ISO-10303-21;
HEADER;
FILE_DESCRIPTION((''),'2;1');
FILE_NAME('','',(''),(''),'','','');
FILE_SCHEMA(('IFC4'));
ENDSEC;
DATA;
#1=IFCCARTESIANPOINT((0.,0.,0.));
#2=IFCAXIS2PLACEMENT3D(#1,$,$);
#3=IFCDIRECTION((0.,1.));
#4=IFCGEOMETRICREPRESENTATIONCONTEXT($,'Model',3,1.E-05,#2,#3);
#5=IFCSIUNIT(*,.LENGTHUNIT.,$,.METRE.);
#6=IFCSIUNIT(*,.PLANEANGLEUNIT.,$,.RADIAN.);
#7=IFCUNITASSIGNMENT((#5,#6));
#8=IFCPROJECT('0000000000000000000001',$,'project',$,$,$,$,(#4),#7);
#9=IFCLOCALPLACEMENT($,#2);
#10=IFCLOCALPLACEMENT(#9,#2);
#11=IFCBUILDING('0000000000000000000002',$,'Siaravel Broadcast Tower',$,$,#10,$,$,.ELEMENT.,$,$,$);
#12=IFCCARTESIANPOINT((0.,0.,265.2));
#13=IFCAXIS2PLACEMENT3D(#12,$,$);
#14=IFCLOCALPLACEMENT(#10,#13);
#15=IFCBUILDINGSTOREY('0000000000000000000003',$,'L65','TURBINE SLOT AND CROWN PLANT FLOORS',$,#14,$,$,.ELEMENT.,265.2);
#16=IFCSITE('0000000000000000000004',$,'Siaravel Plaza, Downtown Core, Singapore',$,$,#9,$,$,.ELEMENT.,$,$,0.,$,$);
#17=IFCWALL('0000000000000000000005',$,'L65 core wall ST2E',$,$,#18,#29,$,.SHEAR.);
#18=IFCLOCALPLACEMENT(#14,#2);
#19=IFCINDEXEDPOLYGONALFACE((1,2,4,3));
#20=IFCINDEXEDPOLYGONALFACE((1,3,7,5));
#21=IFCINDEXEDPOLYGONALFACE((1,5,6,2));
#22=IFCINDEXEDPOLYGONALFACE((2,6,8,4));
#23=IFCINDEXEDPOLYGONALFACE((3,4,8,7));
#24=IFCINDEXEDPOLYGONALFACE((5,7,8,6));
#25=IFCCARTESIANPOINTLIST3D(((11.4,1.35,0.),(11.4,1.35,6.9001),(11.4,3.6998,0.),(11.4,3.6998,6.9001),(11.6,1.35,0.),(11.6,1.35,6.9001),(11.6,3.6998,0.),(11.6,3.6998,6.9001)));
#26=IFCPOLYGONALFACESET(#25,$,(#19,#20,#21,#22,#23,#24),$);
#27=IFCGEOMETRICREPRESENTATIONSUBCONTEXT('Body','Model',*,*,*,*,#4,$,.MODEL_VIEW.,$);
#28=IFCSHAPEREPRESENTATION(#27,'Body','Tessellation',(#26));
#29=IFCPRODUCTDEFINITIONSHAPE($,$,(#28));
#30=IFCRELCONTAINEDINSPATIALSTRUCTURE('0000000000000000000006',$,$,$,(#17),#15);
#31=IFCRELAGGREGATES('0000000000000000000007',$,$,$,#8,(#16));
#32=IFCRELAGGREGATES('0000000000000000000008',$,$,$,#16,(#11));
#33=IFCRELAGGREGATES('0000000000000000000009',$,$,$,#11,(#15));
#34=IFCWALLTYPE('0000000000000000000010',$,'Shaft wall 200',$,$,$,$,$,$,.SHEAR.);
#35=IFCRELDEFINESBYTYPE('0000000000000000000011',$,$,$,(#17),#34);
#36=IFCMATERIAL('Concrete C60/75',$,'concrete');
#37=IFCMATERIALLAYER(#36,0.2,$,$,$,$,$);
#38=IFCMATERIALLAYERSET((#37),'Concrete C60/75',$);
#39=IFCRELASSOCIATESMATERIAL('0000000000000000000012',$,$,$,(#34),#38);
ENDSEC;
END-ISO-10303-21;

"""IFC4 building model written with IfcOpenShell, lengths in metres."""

from ifc_helpers import new_model, si_unit, direction, frame, frame_2d, origin, place, context, subcontext, project, spatial, rectangle, extrude, material, layer, layer_set, type_object, element, save


model = new_model("IFC4")

# Units and contexts
model_context = context("Model", 3, precision=1e-05, world=origin(), true_north=direction((0.0, 1.0)))
body_context = subcontext(model_context, "Body", "Model", "MODEL_VIEW")
ifc_project = project(units=[si_unit("LENGTHUNIT", "METRE"), si_unit("PLANEANGLEUNIT", "RADIAN")], contexts=[model_context])

# Site, building, storey
site_placement = place(None, origin())
site = spatial("IfcSite", under=ifc_project, at=site_placement, Name="Siaravel Plaza, Downtown Core, Singapore", CompositionType="ELEMENT", RefElevation=0.0)
building_placement = place(site_placement, origin())
building = spatial("IfcBuilding", under=site, at=building_placement, Name="Siaravel Broadcast Tower", CompositionType="ELEMENT")
storey_placement = place(building_placement, frame((0.0, 0.0, 265.2)))
storey = spatial("IfcBuildingStorey", under=building, at=storey_placement, Name="L65", Description="TURBINE SLOT AND CROWN PLANT FLOORS", CompositionType="ELEMENT", Elevation=265.2)

# Wall
ifc_material_1 = material(Name="Concrete C60/75", Category="concrete")
ifc_layer_1 = layer(ifc_material_1, 0.2)
ifc_layer_set_1 = layer_set([ifc_layer_1], Name="Concrete C60/75")
wall_type_1 = type_object("IfcWallType", Name="Shaft wall 200", PredefinedType="SHEAR", material=ifc_layer_set_1)
wall_1_placement = place(storey_placement, frame((11.5, 1.3501, 0.0), z_axis=(0.0, 0.0, 1.0), x_axis=(0.0, 1.0, 0.0)))
element("IfcWall", 1, at=wall_1_placement, inside=storey, type_object=wall_type_1, Name="L65 core wall ST2E", PredefinedType="SHEAR", context=body_context, shape_type="SweptSolid", body=[
    extrude(rectangle(XDim=2.3499, YDim=0.2, at=frame_2d((1.1748, 0.0))), origin(), (0.0, 0.0, 1.0), 6.9001),
])

save(model, "model.ifc")
